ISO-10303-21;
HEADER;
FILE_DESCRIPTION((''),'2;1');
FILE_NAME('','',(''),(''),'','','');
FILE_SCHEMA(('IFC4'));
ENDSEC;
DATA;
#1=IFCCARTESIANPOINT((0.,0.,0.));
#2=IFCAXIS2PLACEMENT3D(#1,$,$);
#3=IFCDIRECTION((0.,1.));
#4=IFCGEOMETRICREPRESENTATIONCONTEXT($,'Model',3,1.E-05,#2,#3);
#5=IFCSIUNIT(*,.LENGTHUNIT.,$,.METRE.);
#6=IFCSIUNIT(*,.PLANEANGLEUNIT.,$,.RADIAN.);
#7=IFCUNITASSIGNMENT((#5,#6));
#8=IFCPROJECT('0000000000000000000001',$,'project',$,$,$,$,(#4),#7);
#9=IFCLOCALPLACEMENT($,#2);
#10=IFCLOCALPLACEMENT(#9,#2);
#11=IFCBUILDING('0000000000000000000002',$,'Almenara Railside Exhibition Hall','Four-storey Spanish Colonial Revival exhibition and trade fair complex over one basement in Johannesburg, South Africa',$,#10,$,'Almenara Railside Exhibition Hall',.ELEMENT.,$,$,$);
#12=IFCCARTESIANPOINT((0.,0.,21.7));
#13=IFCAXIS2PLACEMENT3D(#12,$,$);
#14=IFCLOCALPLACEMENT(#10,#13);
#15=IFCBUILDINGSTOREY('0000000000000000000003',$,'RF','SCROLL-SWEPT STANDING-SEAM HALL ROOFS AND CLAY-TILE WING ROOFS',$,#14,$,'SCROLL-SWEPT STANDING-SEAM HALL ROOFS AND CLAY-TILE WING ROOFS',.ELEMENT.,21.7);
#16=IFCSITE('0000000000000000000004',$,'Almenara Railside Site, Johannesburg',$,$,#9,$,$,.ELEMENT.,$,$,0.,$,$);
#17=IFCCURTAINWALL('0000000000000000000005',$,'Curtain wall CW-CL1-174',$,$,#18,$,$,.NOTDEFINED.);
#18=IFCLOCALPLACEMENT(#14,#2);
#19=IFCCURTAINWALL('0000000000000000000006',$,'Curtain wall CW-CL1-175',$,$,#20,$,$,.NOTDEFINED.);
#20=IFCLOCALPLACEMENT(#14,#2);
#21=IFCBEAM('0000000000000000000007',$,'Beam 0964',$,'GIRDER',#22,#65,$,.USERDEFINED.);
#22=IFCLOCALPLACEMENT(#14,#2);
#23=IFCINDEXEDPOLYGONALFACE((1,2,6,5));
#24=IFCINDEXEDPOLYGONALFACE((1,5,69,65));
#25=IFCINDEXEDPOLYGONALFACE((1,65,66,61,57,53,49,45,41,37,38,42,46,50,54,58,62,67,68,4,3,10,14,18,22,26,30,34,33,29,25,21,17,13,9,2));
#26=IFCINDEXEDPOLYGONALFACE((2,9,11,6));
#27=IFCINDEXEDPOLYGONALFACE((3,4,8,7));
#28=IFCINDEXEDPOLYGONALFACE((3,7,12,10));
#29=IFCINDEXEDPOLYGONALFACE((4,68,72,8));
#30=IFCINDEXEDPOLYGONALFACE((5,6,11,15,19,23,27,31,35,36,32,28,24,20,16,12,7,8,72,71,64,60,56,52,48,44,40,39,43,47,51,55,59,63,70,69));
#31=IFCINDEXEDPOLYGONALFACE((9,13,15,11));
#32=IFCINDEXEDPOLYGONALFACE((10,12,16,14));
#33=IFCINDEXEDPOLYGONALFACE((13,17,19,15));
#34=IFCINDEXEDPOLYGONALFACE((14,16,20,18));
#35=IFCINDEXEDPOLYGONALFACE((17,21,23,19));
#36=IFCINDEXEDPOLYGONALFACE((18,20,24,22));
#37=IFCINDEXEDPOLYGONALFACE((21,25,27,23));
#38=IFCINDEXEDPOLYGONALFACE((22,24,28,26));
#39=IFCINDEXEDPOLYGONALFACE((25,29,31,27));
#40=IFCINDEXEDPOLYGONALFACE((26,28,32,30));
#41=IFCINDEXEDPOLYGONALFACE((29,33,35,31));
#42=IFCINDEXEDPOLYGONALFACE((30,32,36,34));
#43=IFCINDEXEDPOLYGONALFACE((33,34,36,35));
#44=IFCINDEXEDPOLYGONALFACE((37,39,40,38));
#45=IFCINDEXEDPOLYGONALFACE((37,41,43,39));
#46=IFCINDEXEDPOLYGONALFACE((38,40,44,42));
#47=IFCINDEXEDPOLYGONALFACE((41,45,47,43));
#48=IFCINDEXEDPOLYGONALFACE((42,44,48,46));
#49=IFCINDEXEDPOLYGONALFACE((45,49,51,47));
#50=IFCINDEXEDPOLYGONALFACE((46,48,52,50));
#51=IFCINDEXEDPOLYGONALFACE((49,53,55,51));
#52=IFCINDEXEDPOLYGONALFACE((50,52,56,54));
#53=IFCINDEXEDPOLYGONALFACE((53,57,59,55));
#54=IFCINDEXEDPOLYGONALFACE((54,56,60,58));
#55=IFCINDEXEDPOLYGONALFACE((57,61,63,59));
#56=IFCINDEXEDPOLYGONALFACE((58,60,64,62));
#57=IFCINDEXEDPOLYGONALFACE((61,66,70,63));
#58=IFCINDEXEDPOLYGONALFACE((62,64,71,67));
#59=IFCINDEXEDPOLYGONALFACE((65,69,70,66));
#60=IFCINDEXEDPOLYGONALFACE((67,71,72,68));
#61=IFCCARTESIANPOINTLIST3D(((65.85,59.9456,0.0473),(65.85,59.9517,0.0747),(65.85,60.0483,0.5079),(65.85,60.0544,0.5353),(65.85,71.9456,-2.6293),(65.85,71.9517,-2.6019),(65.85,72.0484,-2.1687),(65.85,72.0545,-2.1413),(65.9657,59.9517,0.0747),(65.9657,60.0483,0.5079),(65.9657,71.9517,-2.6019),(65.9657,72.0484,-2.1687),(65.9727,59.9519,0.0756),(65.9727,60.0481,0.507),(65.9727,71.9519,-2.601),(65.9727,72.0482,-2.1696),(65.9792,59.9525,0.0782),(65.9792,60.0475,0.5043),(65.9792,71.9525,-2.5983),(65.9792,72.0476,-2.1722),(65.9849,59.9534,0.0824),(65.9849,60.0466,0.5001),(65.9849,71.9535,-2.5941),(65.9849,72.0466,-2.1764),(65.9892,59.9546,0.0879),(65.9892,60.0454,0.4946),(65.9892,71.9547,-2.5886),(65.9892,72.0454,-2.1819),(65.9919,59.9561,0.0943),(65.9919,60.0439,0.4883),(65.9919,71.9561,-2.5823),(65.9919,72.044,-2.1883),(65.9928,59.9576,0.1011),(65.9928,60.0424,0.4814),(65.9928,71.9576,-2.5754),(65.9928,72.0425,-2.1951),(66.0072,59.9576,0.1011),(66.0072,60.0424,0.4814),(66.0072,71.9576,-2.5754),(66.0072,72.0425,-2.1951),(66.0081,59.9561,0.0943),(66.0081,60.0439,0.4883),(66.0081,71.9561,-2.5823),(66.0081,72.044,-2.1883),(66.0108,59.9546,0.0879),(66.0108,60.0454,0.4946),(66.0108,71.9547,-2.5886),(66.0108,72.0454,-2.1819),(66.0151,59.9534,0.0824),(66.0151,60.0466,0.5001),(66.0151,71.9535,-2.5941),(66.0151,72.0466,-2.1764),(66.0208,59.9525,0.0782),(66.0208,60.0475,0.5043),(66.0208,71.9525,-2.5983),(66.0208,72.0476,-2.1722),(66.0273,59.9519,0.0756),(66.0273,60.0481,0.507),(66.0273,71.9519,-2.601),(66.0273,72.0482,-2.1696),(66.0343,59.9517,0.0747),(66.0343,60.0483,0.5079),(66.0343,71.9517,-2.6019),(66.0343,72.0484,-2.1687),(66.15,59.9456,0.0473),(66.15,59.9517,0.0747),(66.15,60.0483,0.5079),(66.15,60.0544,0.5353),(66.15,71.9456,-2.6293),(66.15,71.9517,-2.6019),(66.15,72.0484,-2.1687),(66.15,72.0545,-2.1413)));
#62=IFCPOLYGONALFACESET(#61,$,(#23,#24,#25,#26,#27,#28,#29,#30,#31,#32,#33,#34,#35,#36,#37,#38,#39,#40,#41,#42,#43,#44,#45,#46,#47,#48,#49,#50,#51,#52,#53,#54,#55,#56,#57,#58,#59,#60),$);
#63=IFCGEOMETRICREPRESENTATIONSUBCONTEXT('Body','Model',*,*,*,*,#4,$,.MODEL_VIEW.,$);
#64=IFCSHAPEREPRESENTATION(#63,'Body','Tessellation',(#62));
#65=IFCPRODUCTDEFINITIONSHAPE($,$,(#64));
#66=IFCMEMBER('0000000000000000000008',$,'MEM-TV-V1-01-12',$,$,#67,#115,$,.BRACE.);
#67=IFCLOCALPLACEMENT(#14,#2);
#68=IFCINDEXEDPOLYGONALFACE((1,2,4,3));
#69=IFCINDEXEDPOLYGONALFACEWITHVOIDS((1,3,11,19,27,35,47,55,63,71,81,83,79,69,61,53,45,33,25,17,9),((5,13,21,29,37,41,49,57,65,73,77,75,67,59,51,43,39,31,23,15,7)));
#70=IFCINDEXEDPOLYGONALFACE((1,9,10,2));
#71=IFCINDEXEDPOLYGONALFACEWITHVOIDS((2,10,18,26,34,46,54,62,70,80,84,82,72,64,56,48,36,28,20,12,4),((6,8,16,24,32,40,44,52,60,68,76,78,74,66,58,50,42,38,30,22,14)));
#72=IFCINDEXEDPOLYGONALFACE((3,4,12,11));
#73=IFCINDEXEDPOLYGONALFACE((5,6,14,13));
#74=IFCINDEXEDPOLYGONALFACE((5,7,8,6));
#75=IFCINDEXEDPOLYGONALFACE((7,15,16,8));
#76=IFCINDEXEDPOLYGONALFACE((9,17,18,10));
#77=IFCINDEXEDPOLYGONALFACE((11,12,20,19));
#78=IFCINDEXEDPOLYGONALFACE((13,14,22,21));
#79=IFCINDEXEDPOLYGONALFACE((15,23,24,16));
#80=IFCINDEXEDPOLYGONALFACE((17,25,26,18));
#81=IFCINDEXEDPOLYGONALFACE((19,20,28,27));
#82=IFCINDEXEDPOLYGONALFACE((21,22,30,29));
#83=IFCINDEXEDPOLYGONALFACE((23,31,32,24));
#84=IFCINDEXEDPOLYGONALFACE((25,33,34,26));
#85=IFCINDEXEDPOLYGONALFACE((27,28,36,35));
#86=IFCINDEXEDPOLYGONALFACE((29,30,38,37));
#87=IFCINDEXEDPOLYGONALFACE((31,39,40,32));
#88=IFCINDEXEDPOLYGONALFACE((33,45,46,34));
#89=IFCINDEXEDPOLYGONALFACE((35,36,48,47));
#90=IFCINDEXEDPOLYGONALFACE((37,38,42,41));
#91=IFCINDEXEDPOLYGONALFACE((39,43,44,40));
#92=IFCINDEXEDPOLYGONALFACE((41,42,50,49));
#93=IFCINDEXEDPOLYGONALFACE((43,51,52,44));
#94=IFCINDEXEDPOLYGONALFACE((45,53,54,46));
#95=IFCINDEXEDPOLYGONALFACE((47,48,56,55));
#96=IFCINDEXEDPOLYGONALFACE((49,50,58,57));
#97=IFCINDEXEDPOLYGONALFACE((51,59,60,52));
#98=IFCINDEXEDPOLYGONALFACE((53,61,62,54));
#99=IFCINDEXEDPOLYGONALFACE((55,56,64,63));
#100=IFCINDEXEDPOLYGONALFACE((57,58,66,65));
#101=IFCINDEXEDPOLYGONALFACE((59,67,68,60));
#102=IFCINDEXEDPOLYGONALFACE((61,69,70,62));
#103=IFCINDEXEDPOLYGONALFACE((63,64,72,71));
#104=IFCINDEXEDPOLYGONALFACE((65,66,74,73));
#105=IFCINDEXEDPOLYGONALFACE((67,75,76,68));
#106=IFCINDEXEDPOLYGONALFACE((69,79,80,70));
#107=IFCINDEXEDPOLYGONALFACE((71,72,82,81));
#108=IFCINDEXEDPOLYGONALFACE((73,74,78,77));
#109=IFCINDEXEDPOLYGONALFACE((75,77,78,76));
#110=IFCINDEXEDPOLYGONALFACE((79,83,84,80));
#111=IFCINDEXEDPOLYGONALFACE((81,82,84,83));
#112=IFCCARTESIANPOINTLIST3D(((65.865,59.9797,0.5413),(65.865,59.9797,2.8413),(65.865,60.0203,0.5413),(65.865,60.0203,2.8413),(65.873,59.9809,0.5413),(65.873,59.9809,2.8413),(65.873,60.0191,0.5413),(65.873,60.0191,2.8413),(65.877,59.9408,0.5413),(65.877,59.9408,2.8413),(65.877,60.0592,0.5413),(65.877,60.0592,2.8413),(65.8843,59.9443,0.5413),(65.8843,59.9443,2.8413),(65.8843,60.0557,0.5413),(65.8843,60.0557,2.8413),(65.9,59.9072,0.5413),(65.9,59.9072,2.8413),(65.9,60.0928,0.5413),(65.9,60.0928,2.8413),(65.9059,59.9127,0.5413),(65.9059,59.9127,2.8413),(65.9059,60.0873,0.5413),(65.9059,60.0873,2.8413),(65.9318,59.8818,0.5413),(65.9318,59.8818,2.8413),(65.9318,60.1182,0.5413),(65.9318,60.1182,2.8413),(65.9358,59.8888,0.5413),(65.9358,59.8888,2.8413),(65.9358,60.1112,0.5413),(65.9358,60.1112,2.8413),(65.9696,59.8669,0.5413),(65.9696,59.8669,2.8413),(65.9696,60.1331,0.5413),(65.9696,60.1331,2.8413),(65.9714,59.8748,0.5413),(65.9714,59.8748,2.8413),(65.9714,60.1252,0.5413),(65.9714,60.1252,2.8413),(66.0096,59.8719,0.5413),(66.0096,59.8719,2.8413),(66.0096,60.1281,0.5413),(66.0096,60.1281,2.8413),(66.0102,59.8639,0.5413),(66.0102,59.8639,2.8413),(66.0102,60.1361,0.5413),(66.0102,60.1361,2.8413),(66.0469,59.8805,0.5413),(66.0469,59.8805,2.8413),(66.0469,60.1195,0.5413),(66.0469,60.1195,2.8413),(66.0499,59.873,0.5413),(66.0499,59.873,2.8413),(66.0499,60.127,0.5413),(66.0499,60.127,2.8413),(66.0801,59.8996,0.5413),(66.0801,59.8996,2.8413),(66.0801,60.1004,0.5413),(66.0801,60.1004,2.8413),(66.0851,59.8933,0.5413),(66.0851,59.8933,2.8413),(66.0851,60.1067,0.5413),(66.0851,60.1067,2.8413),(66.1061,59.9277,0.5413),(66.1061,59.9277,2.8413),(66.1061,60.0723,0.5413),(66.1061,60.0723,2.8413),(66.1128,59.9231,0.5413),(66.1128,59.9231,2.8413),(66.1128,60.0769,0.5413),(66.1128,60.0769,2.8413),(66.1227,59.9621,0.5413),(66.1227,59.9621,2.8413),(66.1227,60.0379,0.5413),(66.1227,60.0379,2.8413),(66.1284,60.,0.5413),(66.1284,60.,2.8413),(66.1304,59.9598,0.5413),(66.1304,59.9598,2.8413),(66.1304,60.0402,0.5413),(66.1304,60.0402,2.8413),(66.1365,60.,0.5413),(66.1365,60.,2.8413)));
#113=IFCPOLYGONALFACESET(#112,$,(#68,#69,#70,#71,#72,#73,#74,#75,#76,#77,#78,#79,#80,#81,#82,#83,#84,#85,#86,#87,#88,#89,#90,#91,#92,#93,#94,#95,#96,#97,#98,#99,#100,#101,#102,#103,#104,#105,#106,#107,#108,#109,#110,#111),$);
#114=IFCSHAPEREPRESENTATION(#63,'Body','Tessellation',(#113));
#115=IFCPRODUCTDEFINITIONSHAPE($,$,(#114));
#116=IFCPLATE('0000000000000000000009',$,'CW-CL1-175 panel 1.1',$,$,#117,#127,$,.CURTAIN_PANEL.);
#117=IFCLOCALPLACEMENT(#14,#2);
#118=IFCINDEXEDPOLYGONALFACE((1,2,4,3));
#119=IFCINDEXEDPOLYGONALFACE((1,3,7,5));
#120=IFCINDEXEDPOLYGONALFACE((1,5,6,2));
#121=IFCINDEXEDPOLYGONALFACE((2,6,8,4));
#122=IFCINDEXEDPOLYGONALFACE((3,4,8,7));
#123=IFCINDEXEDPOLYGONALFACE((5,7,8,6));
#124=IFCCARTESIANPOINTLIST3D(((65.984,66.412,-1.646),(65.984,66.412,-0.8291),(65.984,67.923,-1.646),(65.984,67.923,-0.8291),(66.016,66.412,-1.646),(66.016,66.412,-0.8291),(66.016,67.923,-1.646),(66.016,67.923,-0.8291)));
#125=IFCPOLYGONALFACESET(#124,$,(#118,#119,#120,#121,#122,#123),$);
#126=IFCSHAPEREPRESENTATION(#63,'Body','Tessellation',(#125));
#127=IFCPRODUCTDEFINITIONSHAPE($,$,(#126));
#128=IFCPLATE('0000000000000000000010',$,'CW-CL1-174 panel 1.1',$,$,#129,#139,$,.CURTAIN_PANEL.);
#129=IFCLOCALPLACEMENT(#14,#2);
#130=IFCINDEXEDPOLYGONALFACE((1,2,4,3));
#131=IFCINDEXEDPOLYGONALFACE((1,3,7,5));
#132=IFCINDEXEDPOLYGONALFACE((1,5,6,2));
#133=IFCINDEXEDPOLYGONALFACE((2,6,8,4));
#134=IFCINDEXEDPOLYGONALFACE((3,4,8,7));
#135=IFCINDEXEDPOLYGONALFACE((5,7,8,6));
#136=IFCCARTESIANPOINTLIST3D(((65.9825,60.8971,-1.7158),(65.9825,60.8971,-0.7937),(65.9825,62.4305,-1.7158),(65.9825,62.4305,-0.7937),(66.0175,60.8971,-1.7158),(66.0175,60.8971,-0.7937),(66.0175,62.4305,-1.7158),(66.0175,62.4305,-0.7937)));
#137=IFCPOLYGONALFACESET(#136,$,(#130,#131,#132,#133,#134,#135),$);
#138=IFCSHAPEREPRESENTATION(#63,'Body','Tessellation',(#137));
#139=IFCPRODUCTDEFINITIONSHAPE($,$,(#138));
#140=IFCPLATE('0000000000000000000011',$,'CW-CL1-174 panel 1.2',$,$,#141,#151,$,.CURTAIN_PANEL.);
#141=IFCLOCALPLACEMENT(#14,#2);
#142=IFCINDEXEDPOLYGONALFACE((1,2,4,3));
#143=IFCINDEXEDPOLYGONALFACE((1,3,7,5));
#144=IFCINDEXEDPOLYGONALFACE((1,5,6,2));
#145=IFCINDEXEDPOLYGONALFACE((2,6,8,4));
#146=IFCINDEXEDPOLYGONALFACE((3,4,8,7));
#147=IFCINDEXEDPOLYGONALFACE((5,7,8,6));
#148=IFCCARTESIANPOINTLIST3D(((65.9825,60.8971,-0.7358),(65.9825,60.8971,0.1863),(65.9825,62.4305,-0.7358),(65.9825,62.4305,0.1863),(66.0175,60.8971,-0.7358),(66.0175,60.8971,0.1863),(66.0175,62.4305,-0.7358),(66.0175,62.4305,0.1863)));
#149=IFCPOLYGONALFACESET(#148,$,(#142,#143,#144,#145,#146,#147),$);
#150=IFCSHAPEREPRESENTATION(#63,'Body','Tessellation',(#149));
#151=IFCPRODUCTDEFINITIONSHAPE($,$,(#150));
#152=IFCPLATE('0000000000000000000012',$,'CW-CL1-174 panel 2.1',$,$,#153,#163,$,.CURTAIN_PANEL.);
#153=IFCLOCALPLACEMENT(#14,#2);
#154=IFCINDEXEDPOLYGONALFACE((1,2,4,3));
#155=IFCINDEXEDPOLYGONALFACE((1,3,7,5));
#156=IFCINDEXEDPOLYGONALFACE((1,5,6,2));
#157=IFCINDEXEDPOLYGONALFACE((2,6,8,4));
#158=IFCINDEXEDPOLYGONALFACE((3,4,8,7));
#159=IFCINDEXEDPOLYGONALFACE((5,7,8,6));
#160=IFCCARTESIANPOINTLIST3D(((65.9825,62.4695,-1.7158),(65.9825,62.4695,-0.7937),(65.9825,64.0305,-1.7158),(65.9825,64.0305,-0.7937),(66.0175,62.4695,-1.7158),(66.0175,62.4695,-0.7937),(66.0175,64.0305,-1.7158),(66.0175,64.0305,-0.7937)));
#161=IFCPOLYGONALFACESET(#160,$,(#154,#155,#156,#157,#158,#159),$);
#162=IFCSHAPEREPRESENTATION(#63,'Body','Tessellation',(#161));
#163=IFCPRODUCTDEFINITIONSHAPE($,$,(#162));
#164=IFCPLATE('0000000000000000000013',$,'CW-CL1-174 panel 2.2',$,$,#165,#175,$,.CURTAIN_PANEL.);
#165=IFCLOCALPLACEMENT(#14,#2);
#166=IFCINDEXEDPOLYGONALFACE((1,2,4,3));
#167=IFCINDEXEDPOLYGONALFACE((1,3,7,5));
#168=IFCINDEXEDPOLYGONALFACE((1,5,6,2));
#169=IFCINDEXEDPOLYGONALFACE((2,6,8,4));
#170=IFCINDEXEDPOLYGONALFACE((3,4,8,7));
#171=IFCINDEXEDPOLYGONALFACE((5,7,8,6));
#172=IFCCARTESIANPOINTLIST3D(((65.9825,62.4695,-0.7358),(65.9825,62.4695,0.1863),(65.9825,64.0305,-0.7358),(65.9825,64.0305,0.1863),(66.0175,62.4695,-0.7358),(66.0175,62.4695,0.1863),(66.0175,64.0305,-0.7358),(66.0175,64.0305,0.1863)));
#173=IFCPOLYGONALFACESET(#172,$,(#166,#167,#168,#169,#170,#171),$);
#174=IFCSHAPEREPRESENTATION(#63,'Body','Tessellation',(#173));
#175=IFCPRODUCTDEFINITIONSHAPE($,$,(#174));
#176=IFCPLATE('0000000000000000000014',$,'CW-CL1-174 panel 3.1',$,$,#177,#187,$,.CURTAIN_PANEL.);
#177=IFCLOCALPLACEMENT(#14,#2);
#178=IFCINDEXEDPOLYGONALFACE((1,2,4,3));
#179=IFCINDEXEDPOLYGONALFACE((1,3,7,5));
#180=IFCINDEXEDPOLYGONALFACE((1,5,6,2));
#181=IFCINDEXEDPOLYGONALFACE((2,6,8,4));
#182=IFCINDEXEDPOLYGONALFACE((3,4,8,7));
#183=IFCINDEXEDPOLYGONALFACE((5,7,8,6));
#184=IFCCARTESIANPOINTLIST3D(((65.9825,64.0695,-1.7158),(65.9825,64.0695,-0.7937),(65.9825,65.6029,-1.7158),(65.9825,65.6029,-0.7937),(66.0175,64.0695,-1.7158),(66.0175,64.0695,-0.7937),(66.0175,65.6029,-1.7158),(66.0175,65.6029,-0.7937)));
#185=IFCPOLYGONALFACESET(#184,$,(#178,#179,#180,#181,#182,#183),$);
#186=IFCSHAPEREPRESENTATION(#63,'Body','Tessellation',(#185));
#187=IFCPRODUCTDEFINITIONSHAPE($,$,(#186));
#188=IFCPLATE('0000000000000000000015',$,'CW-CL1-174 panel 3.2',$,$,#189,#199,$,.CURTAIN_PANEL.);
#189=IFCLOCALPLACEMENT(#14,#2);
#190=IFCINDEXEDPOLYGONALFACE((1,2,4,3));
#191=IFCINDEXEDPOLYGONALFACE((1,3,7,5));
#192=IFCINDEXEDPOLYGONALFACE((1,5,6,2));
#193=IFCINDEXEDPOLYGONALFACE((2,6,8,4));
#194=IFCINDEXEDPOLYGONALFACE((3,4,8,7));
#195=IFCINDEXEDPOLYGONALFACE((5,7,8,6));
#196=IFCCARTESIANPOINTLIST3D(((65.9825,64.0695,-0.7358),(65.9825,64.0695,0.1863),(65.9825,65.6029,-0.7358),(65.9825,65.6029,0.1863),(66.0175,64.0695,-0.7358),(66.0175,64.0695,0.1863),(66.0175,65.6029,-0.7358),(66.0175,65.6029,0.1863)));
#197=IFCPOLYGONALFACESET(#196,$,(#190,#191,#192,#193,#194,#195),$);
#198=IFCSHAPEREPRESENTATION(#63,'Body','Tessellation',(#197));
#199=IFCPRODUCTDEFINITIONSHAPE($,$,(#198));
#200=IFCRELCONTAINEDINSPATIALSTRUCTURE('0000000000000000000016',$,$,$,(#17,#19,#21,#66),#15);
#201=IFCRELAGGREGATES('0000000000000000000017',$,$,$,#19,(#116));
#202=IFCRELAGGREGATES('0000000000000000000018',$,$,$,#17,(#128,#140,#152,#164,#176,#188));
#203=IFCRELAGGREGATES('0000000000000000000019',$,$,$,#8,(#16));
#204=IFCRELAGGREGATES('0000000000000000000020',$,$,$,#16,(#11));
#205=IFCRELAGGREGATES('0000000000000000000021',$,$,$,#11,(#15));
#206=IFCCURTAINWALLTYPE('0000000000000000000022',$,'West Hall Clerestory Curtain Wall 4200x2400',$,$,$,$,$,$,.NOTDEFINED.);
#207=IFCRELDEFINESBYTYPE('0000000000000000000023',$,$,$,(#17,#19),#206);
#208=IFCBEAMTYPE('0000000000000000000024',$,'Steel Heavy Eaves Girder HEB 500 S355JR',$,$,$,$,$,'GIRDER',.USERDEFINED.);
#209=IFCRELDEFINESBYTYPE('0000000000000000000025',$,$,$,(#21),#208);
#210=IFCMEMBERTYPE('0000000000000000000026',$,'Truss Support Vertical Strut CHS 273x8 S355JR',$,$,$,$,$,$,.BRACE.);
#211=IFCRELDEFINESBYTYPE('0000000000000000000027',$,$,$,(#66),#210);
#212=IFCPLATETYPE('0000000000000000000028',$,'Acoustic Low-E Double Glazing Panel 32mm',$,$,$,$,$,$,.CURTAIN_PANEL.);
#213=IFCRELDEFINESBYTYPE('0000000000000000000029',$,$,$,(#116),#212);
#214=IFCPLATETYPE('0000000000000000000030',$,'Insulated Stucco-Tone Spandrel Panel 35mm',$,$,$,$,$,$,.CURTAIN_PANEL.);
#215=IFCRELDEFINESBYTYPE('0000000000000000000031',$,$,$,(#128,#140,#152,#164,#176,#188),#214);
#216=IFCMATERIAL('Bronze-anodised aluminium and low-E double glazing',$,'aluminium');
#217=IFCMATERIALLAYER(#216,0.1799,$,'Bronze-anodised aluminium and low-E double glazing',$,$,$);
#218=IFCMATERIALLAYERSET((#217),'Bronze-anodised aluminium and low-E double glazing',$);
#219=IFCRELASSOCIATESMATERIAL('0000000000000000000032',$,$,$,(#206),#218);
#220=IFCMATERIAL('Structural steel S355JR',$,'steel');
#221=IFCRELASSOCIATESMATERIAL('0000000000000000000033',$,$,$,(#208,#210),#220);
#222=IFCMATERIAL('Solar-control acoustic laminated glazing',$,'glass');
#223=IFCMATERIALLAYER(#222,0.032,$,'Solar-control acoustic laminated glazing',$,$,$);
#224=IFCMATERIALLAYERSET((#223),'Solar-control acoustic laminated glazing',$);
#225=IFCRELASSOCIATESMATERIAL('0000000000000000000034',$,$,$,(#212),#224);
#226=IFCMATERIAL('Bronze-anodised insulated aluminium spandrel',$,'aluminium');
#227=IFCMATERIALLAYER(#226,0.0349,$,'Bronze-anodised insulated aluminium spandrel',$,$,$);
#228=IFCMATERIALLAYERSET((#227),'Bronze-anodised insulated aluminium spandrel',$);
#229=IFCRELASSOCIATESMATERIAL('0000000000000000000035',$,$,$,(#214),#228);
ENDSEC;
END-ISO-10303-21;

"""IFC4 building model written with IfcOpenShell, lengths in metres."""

from ifc_helpers import new_model, si_unit, direction, frame, origin, origin_2d, place, context, subcontext, project, spatial, rectangle, hollow_circle, i_section, extrude, material, layer, layer_set, material_profile, profile_set, type_object, element, aggregate, save


model = new_model("IFC4")

# Units and contexts
model_context = context("Model", 3, precision=1e-05, world=origin(), true_north=direction((0.0, 1.0)))
body_context = subcontext(model_context, "Body", "Model", "MODEL_VIEW")
ifc_project = project(units=[si_unit("LENGTHUNIT", "METRE"), si_unit("PLANEANGLEUNIT", "RADIAN")], contexts=[model_context])

# Site, building, storey
site_placement = place(None, origin())
site = spatial("IfcSite", under=ifc_project, at=site_placement, Name="Almenara Railside Site, Johannesburg", CompositionType="ELEMENT", RefElevation=0.0)
building_placement = place(site_placement, origin())
building = spatial("IfcBuilding", under=site, at=building_placement, Name="Almenara Railside Exhibition Hall", Description="Four-storey Spanish Colonial Revival exhibition and trade fair complex over one basement in Johannesburg, South Africa", LongName="Almenara Railside Exhibition Hall", CompositionType="ELEMENT")
storey_placement = place(building_placement, frame((0.0, 0.0, 21.7)))
storey = spatial("IfcBuildingStorey", under=building, at=storey_placement, Name="RF", Description="SCROLL-SWEPT STANDING-SEAM HALL ROOFS AND CLAY-TILE WING ROOFS", LongName="SCROLL-SWEPT STANDING-SEAM HALL ROOFS AND CLAY-TILE WING ROOFS", CompositionType="ELEMENT", Elevation=21.7)

# Shared definitions
ifc_material_1 = material(Name="Structural steel S355JR", Category="steel")

# Curtain wall
ifc_material_2 = material(Name="Bronze-anodised aluminium and low-E double glazing", Category="aluminium")
ifc_layer_1 = layer(ifc_material_2, 0.1799, Name="Bronze-anodised aluminium and low-E double glazing")
ifc_layer_set_1 = layer_set([ifc_layer_1], Name="Bronze-anodised aluminium and low-E double glazing")
curtain_wall_type = type_object("IfcCurtainWallType", Name="West Hall Clerestory Curtain Wall 4200x2400", PredefinedType="NOTDEFINED", material=ifc_layer_set_1)
curtain_wall_1_placement = place(storey_placement, origin())
curtain_wall_1 = element("IfcCurtainWall", 1, at=curtain_wall_1_placement, inside=storey, type_object=curtain_wall_type, Name="Curtain wall CW-CL1-174", PredefinedType="NOTDEFINED")

# Curtain wall
curtain_wall_2_placement = place(storey_placement, origin())
curtain_wall_2 = element("IfcCurtainWall", 2, at=curtain_wall_2_placement, inside=storey, type_object=curtain_wall_type, Name="Curtain wall CW-CL1-175", PredefinedType="NOTDEFINED")

# Beam
ifc_material_profile_1 = material_profile(ifc_material_1, i_section(OverallWidth=0.3, OverallDepth=0.5, WebThickness=0.0144, FlangeThickness=0.0281, FilletRadius=0.0271, at=origin_2d()), Name="HEB 500")
ifc_profile_set_1 = profile_set([ifc_material_profile_1], Name="Structural steel S355JR")
beam_type = type_object("IfcBeamType", Name="Steel Heavy Eaves Girder HEB 500 S355JR", ElementType="GIRDER", PredefinedType="USERDEFINED", material=ifc_profile_set_1)
beam_placement = place(storey_placement, frame((66.0, 60.0, 0.2913), z_axis=(0.0, 0.976017, -0.217694), x_axis=(-1.0, 0.0, 0.0)))
element("IfcBeam", 3, at=beam_placement, inside=storey, type_object=beam_type, Name="Beam 0964", ObjectType="GIRDER", PredefinedType="USERDEFINED", context=body_context, shape_type="SweptSolid", body=[
    extrude(i_section(OverallWidth=0.3, OverallDepth=0.5, WebThickness=0.0144, FlangeThickness=0.0281, FilletRadius=0.0271, at=origin_2d()), origin(), (0.0, 0.0, 1.0), 12.2949),
])

# Member
ifc_material_profile_2 = material_profile(ifc_material_1, hollow_circle(Radius=0.1365, WallThickness=0.0081, at=origin_2d()), Name="CHS 273x8")
ifc_profile_set_2 = profile_set([ifc_material_profile_2], Name="Structural steel S355JR")
member_type_1 = type_object("IfcMemberType", Name="Truss Support Vertical Strut CHS 273x8 S355JR", PredefinedType="BRACE", material=ifc_profile_set_2)
member_1_placement = place(storey_placement, frame((66.0, 60.0, 0.5413), z_axis=(0.0, 0.0, 1.0), x_axis=(1.0, 0.0, 0.0)))
element("IfcMember", 4, at=member_1_placement, inside=storey, type_object=member_type_1, Name="MEM-TV-V1-01-12", PredefinedType="BRACE", context=body_context, shape_type="SweptSolid", body=[
    extrude(hollow_circle(Radius=0.1365, WallThickness=0.0081, at=origin_2d()), origin(), (0.0, 0.0, 1.0), 2.3),
])

# Plates
ifc_material_3 = material(Name="Solar-control acoustic laminated glazing", Category="glass")
ifc_layer_2 = layer(ifc_material_3, 0.032, Name="Solar-control acoustic laminated glazing")
ifc_layer_set_2 = layer_set([ifc_layer_2], Name="Solar-control acoustic laminated glazing")
plate_type_1 = type_object("IfcPlateType", Name="Acoustic Low-E Double Glazing Panel 32mm", PredefinedType="CURTAIN_PANEL", material=ifc_layer_set_2)
plate_1_placement = place(storey_placement, frame((66.0, 67.1675, -1.646), z_axis=(0.0, 0.0, 1.0), x_axis=(0.0, 1.0, 0.0)))
plate_1 = element("IfcPlate", 5, at=plate_1_placement, type_object=plate_type_1, Name="CW-CL1-175 panel 1.1", PredefinedType="CURTAIN_PANEL", context=body_context, shape_type="SweptSolid", body=[
    extrude(rectangle(XDim=1.511, YDim=0.032, at=origin_2d()), origin(), (0.0, 0.0, 1.0), 0.8169),
])
aggregate(curtain_wall_2, [plate_1])
ifc_material_4 = material(Name="Bronze-anodised insulated aluminium spandrel", Category="aluminium")
ifc_layer_3 = layer(ifc_material_4, 0.0349, Name="Bronze-anodised insulated aluminium spandrel")
ifc_layer_set_3 = layer_set([ifc_layer_3], Name="Bronze-anodised insulated aluminium spandrel")
plate_type_2 = type_object("IfcPlateType", Name="Insulated Stucco-Tone Spandrel Panel 35mm", PredefinedType="CURTAIN_PANEL", material=ifc_layer_set_3)
plate_2_placement = place(storey_placement, frame((66.0, 61.6638, -1.7158), z_axis=(0.0, 0.0, 1.0), x_axis=(0.0, 1.0, 0.0)))
plate_2 = element("IfcPlate", 6, at=plate_2_placement, type_object=plate_type_2, Name="CW-CL1-174 panel 1.1", PredefinedType="CURTAIN_PANEL", context=body_context, shape_type="SweptSolid", body=[
    extrude(rectangle(XDim=1.5334, YDim=0.0349, at=origin_2d()), origin(), (0.0, 0.0, 1.0), 0.9221),
])
plate_3_placement = place(storey_placement, frame((66.0, 61.6638, -0.7358), z_axis=(0.0, 0.0, 1.0), x_axis=(0.0, 1.0, 0.0)))
plate_3 = element("IfcPlate", 7, at=plate_3_placement, type_object=plate_type_2, Name="CW-CL1-174 panel 1.2", PredefinedType="CURTAIN_PANEL", context=body_context, shape_type="SweptSolid", body=[
    extrude(rectangle(XDim=1.5334, YDim=0.0349, at=origin_2d()), origin(), (0.0, 0.0, 1.0), 0.9221),
])
plate_4_placement = place(storey_placement, frame((66.0, 63.25, -1.7158), z_axis=(0.0, 0.0, 1.0), x_axis=(0.0, 1.0, 0.0)))
plate_4 = element("IfcPlate", 8, at=plate_4_placement, type_object=plate_type_2, Name="CW-CL1-174 panel 2.1", PredefinedType="CURTAIN_PANEL", context=body_context, shape_type="SweptSolid", body=[
    extrude(rectangle(XDim=1.561, YDim=0.0349, at=origin_2d()), origin(), (0.0, 0.0, 1.0), 0.9221),
])
plate_5_placement = place(storey_placement, frame((66.0, 63.25, -0.7358), z_axis=(0.0, 0.0, 1.0), x_axis=(0.0, 1.0, 0.0)))
plate_5 = element("IfcPlate", 9, at=plate_5_placement, type_object=plate_type_2, Name="CW-CL1-174 panel 2.2", PredefinedType="CURTAIN_PANEL", context=body_context, shape_type="SweptSolid", body=[
    extrude(rectangle(XDim=1.561, YDim=0.0349, at=origin_2d()), origin(), (0.0, 0.0, 1.0), 0.9221),
])
plate_6_placement = place(storey_placement, frame((66.0, 64.8362, -1.7158), z_axis=(0.0, 0.0, 1.0), x_axis=(0.0, 1.0, 0.0)))
plate_6 = element("IfcPlate", 10, at=plate_6_placement, type_object=plate_type_2, Name="CW-CL1-174 panel 3.1", PredefinedType="CURTAIN_PANEL", context=body_context, shape_type="SweptSolid", body=[
    extrude(rectangle(XDim=1.5334, YDim=0.0349, at=origin_2d()), origin(), (0.0, 0.0, 1.0), 0.9221),
])
plate_7_placement = place(storey_placement, frame((66.0, 64.8362, -0.7358), z_axis=(0.0, 0.0, 1.0), x_axis=(0.0, 1.0, 0.0)))
plate_7 = element("IfcPlate", 11, at=plate_7_placement, type_object=plate_type_2, Name="CW-CL1-174 panel 3.2", PredefinedType="CURTAIN_PANEL", context=body_context, shape_type="SweptSolid", body=[
    extrude(rectangle(XDim=1.5334, YDim=0.0349, at=origin_2d()), origin(), (0.0, 0.0, 1.0), 0.9221),
])
aggregate(curtain_wall_1, [plate_2, plate_3, plate_4, plate_5, plate_6, plate_7])

save(model, "model.ifc")
